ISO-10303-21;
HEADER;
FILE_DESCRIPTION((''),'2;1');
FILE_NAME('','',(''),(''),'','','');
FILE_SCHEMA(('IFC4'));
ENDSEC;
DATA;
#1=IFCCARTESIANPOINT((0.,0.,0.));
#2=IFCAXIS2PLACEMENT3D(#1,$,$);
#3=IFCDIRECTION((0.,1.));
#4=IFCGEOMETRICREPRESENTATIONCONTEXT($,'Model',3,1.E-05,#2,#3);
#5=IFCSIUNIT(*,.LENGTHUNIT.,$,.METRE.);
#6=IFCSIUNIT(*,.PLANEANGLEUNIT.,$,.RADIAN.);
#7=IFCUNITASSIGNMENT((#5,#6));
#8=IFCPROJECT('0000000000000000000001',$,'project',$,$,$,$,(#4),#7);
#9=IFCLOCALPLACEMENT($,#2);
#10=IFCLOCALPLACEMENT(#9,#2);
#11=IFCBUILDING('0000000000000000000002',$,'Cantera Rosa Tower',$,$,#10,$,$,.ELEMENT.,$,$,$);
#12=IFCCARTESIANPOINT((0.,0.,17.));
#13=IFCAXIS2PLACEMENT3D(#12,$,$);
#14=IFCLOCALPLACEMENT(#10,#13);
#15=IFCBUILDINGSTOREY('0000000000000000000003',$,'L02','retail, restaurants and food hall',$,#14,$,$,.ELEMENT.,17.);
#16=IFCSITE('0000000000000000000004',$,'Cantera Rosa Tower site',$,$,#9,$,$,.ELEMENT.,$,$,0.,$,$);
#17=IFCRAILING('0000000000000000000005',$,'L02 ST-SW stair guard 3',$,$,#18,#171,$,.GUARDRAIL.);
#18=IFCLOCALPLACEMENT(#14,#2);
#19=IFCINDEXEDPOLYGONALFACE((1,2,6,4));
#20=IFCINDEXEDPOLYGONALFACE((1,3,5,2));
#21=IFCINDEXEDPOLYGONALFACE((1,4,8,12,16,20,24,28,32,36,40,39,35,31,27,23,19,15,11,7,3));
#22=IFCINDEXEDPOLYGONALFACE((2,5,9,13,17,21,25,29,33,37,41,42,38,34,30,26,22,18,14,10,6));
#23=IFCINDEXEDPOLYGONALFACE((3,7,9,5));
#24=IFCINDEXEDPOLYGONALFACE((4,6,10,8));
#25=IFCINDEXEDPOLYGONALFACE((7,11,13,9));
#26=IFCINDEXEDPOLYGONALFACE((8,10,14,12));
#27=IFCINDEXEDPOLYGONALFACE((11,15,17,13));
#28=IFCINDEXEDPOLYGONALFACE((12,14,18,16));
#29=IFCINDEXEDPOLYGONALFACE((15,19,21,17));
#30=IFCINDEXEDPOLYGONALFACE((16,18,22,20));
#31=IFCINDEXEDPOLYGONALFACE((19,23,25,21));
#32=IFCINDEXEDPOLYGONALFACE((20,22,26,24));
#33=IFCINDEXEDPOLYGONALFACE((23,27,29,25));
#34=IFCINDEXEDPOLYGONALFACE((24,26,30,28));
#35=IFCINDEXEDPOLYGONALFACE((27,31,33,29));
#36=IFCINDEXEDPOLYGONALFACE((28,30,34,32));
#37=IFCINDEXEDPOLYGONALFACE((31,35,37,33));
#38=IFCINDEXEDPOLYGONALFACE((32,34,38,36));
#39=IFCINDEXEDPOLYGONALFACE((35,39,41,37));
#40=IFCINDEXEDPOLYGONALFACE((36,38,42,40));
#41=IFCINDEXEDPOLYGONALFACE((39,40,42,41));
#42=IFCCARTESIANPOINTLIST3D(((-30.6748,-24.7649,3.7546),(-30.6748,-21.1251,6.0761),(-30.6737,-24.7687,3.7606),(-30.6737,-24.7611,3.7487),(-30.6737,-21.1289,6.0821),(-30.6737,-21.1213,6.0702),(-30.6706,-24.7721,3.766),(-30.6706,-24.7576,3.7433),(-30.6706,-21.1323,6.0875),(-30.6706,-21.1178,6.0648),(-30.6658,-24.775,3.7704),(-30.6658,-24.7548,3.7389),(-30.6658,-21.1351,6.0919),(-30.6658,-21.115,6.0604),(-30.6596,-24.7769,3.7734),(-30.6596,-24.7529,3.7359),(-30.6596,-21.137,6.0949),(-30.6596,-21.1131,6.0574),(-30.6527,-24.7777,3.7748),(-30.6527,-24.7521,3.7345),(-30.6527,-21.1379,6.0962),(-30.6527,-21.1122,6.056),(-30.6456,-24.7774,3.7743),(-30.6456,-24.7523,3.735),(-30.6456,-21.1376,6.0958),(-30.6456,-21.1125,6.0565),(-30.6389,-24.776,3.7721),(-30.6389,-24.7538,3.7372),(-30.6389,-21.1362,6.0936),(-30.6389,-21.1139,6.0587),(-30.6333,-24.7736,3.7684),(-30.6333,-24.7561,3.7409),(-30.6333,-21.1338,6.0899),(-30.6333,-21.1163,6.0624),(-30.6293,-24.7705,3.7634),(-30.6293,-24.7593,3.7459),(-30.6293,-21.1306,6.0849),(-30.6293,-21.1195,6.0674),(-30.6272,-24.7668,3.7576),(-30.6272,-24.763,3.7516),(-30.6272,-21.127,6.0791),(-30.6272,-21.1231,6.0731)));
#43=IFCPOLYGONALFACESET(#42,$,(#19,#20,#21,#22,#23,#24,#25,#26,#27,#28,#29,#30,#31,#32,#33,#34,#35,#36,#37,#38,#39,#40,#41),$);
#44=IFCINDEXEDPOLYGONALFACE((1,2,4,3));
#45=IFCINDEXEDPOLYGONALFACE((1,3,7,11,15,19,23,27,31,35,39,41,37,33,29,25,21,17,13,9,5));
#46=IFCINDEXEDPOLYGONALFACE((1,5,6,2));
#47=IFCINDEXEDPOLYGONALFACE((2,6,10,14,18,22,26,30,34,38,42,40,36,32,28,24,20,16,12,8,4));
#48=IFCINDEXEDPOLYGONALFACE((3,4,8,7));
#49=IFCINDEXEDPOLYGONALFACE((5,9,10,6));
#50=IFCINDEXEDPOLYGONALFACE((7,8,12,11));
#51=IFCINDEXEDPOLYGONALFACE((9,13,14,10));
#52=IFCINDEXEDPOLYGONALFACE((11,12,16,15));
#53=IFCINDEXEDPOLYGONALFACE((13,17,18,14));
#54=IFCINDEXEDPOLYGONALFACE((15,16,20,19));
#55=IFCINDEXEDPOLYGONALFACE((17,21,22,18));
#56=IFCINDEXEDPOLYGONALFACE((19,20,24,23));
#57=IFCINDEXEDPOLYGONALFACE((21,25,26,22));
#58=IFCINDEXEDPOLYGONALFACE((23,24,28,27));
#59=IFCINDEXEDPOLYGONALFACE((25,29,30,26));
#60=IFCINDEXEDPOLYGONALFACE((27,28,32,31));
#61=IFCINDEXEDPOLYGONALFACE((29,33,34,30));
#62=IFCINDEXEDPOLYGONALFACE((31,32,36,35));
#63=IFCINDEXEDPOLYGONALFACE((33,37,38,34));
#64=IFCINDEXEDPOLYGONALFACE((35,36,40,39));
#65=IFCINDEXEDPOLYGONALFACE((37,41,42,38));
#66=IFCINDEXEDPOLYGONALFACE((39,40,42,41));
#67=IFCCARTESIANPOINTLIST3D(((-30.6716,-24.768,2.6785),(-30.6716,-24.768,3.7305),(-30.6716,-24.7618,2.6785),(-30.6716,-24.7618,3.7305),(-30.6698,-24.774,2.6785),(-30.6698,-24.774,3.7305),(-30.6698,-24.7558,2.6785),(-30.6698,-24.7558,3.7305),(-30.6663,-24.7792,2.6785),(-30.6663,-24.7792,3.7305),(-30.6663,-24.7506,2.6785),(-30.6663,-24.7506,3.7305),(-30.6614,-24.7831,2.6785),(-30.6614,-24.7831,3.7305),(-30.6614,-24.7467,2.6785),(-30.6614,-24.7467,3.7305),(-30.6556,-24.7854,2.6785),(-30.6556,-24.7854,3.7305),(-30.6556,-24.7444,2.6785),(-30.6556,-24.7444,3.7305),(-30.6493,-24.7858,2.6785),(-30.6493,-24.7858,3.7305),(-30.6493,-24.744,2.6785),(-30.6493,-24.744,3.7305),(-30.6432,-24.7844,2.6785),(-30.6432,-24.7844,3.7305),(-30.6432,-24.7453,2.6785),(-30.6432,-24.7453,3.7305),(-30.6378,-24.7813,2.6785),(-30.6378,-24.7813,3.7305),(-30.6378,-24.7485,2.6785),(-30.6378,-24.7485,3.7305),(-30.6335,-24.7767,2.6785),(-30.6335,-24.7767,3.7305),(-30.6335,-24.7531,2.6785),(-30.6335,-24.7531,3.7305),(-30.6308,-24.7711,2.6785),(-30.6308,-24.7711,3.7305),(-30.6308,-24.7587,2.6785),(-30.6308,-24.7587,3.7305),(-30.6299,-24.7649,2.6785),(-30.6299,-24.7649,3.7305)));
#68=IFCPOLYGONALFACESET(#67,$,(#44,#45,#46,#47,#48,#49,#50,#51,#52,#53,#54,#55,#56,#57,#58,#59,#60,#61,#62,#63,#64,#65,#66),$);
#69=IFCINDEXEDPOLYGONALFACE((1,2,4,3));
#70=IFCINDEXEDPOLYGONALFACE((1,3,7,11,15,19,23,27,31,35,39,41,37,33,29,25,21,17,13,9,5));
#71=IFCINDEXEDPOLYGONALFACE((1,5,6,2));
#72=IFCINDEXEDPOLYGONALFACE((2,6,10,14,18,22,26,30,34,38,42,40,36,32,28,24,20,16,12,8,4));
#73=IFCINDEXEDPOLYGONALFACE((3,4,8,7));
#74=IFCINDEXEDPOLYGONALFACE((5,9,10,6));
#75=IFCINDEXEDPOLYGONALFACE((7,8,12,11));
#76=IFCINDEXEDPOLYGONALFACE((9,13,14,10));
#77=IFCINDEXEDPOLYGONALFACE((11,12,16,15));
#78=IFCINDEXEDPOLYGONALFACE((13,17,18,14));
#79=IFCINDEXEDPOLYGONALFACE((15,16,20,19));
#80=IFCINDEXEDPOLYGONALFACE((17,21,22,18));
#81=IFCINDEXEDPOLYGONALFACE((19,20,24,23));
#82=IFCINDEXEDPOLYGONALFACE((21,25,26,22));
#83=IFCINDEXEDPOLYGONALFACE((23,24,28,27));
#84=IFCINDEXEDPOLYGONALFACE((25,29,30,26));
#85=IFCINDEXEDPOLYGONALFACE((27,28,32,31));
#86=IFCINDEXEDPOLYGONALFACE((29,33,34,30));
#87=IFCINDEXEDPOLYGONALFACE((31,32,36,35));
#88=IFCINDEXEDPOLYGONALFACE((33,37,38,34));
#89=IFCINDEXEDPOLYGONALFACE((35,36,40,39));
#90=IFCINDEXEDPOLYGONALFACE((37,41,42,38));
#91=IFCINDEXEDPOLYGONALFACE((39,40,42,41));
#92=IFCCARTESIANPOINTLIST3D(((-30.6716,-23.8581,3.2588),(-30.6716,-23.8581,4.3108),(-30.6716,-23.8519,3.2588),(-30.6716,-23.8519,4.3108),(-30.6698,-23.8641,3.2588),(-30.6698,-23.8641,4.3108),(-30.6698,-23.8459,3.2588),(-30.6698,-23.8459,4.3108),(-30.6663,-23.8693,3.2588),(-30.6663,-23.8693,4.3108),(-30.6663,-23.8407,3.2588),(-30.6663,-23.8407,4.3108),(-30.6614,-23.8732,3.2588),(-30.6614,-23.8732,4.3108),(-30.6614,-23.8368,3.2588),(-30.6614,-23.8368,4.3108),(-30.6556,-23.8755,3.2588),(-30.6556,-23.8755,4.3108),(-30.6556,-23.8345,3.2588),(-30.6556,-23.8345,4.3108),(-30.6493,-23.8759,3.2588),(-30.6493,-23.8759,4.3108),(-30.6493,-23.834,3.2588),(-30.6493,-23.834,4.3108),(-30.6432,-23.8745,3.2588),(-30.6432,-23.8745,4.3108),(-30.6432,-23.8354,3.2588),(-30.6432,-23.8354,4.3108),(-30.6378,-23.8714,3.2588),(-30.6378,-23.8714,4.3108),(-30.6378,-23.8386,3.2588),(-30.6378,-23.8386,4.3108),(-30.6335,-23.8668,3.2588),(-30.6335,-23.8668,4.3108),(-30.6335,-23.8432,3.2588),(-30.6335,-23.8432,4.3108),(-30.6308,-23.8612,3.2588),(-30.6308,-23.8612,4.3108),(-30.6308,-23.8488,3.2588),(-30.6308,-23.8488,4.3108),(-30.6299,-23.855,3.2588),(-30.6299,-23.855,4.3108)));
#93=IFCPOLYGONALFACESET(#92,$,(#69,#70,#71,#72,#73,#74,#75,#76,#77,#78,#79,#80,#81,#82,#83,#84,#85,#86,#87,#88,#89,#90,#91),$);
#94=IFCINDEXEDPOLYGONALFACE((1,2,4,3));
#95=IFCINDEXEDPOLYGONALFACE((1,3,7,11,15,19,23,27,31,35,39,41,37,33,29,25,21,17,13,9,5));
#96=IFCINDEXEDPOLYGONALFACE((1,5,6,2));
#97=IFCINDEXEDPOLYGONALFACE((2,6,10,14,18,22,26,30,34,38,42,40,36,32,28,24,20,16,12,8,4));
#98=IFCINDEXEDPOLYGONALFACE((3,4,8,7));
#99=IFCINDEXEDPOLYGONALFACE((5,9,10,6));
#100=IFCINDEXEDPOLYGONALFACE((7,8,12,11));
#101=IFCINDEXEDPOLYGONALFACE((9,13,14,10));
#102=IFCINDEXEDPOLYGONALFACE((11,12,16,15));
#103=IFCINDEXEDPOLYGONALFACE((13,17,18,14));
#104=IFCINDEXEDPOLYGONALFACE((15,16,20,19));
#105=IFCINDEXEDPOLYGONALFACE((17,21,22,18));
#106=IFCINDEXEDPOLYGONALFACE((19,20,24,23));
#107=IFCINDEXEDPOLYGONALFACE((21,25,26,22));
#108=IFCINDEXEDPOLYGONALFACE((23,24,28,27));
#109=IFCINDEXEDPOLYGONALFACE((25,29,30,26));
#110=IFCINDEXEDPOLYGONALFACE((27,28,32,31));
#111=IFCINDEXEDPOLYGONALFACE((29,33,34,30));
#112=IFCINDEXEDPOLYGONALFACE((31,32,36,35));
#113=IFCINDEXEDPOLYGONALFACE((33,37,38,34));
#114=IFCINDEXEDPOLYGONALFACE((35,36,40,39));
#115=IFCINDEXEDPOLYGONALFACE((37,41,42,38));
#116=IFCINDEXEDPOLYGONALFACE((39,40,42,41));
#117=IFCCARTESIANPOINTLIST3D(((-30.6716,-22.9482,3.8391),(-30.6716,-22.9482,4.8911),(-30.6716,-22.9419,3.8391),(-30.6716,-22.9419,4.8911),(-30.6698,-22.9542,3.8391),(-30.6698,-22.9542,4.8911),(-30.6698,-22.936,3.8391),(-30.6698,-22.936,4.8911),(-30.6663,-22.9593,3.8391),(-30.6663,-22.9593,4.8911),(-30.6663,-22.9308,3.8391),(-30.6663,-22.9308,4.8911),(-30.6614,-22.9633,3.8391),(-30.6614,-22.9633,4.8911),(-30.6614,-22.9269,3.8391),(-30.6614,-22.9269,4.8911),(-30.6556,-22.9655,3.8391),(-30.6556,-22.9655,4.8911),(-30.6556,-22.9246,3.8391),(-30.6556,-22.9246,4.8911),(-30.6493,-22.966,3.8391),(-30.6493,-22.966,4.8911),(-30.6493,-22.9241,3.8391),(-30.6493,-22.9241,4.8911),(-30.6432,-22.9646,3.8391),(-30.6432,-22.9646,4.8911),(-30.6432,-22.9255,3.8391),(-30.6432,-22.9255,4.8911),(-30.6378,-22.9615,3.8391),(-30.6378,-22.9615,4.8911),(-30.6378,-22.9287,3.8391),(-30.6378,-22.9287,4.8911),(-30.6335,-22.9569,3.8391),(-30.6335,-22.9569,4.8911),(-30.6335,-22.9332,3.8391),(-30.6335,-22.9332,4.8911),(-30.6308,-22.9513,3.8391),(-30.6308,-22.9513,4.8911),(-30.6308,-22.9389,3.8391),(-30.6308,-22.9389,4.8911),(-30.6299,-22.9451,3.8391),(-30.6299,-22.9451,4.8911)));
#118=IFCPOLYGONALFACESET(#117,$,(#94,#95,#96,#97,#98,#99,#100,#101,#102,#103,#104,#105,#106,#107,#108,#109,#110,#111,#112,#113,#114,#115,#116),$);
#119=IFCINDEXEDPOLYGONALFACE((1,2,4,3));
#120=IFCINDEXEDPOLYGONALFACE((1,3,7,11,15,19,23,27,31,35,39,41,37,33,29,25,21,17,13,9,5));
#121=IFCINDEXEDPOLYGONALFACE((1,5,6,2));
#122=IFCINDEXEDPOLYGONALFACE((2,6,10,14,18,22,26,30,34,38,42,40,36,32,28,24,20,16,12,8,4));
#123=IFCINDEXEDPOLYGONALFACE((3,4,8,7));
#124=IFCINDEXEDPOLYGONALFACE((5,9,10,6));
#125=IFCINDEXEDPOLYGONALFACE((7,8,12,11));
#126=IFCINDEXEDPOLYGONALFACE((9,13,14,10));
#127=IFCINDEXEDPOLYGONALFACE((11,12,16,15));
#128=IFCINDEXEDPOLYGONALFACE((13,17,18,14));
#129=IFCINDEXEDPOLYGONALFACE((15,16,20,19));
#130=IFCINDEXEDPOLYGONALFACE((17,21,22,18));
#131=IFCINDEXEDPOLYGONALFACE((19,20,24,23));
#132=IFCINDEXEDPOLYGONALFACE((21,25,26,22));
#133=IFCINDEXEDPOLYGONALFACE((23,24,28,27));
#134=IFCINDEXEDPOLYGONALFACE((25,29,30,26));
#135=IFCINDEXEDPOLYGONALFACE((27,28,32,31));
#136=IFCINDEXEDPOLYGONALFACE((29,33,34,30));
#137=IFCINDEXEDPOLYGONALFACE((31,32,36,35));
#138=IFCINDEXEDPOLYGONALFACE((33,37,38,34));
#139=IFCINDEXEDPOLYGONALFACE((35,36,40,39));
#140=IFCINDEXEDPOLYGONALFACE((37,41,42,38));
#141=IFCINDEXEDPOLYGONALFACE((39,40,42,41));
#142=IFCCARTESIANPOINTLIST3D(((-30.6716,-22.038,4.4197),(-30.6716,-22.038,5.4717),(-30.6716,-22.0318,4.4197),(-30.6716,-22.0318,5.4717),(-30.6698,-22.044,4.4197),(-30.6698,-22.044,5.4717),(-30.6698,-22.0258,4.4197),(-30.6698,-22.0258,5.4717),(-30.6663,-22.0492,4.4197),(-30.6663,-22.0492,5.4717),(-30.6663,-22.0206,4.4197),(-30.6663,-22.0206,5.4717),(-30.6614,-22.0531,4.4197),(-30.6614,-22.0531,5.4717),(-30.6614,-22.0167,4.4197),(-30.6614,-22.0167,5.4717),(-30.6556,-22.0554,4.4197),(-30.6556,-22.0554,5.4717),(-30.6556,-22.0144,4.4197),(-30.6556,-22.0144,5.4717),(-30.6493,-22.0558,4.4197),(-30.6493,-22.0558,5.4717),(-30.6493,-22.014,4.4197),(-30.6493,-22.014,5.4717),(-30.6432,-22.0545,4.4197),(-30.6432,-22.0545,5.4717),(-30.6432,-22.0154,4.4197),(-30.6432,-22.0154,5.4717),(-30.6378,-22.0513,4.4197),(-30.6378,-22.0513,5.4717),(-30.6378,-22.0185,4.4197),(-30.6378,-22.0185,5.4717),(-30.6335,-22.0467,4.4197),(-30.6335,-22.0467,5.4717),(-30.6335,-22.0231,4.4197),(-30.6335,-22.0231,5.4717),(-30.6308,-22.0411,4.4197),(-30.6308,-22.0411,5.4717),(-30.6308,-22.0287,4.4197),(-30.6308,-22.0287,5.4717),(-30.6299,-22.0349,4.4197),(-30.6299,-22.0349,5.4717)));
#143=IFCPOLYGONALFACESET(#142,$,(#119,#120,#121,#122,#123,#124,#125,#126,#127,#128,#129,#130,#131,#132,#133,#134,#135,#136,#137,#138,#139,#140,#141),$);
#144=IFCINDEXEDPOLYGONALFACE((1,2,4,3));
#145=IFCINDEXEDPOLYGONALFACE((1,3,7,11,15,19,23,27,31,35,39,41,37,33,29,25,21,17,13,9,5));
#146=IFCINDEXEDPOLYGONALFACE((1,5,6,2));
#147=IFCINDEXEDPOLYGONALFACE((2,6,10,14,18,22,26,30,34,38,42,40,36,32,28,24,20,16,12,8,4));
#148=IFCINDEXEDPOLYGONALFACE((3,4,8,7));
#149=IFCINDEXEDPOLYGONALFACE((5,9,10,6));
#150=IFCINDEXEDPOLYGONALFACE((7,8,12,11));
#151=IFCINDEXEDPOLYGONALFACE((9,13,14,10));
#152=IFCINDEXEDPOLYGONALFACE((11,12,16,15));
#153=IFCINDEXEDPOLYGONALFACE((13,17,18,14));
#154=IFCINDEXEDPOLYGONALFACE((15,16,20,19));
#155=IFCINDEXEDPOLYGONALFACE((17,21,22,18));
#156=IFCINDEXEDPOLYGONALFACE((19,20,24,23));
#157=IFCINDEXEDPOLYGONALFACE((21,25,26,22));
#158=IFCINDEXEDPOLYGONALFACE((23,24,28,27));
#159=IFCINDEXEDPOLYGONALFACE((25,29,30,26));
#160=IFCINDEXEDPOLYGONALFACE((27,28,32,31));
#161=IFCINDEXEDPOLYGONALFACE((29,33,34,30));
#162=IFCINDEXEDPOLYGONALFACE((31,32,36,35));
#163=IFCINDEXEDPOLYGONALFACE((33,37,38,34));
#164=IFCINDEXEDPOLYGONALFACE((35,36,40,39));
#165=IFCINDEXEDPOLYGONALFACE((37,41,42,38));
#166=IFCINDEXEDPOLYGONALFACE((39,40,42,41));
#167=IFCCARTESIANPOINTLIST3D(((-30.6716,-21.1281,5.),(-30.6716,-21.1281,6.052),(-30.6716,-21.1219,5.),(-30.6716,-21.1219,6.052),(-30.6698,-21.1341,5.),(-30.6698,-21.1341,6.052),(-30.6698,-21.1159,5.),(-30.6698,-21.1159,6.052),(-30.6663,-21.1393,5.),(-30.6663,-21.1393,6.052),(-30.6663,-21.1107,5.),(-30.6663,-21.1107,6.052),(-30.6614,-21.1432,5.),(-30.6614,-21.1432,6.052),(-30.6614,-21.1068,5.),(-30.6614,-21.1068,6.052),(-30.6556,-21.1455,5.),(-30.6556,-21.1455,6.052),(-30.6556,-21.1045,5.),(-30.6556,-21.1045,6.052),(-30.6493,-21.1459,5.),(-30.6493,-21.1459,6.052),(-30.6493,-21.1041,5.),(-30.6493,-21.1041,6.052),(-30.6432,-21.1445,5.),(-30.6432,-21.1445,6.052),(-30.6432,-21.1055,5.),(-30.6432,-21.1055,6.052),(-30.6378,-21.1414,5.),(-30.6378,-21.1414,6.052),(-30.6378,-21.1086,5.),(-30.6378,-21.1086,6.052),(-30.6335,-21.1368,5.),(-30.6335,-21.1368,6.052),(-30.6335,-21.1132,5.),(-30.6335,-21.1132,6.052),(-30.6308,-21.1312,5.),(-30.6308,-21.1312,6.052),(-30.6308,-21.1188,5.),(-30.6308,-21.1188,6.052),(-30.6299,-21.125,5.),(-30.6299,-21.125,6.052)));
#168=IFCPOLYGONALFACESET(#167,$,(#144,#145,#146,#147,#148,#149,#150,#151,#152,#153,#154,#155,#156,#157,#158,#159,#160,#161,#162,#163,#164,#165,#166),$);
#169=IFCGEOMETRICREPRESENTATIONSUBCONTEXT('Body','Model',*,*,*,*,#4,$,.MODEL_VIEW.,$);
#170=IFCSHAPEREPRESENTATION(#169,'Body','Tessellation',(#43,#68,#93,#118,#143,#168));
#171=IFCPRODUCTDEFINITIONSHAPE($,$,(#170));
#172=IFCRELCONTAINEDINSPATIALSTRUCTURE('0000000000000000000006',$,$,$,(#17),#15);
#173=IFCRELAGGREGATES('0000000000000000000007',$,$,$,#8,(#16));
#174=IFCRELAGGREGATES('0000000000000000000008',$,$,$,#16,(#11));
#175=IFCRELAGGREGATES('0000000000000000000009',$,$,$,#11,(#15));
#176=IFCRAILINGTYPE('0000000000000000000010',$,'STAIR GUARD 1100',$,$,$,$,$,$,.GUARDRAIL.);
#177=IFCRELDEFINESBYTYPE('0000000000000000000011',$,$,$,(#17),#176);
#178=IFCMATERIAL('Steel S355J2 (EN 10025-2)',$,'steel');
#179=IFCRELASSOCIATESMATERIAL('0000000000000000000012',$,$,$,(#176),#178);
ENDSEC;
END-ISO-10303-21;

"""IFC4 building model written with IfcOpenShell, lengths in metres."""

from ifc_helpers import new_model, si_unit, direction, frame, origin, origin_2d, place, context, subcontext, project, spatial, circle, extrude, material, type_object, element, save


model = new_model("IFC4")

# Units and contexts
model_context = context("Model", 3, precision=1e-05, world=origin(), true_north=direction((0.0, 1.0)))
body_context = subcontext(model_context, "Body", "Model", "MODEL_VIEW")
ifc_project = project(units=[si_unit("LENGTHUNIT", "METRE"), si_unit("PLANEANGLEUNIT", "RADIAN")], contexts=[model_context])

# Site, building, storey
site_placement = place(None, origin())
site = spatial("IfcSite", under=ifc_project, at=site_placement, Name="Cantera Rosa Tower site", CompositionType="ELEMENT", RefElevation=0.0)
building_placement = place(site_placement, origin())
building = spatial("IfcBuilding", under=site, at=building_placement, Name="Cantera Rosa Tower", CompositionType="ELEMENT")
storey_placement = place(building_placement, frame((0.0, 0.0, 17.0)))
storey = spatial("IfcBuildingStorey", under=building, at=storey_placement, Name="L02", Description="retail, restaurants and food hall", CompositionType="ELEMENT", Elevation=17.0)

# Railing
ifc_material_1 = material(Name="Steel S355J2 (EN 10025-2)", Category="steel")
railing_type_1 = type_object("IfcRailingType", Name="STAIR GUARD 1100", PredefinedType="GUARDRAIL", material=ifc_material_1)
railing_1_placement = place(storey_placement, frame((-30.6509, -24.7649, 2.6785)))
element("IfcRailing", 1, at=railing_1_placement, inside=storey, type_object=railing_type_1, Name="L02 ST-SW stair guard 3", PredefinedType="GUARDRAIL", context=body_context, shape_type="SweptSolid", body=[
    extrude(circle(Radius=0.0239, at=origin_2d()), frame((0.0, 0.0, 1.0762), z_axis=(0.0, 0.843112, 0.537739), x_axis=(-1.0, 0.0, 0.0)), (0.0, 0.0, 1.0), 4.3171),
    extrude(circle(Radius=0.021, at=origin_2d()), origin(), (0.0, 0.0, 1.0), 1.052),
    extrude(circle(Radius=0.021, at=origin_2d()), frame((0.0, 0.9099, 0.5803)), (0.0, 0.0, 1.0), 1.052),
    extrude(circle(Radius=0.021, at=origin_2d()), frame((0.0, 1.8198, 1.1606)), (0.0, 0.0, 1.0), 1.052),
    extrude(circle(Radius=0.021, at=origin_2d()), frame((0.0, 2.73, 1.7412)), (0.0, 0.0, 1.0), 1.052),
    extrude(circle(Radius=0.021, at=origin_2d()), frame((0.0, 3.6399, 2.3215)), (0.0, 0.0, 1.0), 1.052),
])

save(model, "model.ifc")
